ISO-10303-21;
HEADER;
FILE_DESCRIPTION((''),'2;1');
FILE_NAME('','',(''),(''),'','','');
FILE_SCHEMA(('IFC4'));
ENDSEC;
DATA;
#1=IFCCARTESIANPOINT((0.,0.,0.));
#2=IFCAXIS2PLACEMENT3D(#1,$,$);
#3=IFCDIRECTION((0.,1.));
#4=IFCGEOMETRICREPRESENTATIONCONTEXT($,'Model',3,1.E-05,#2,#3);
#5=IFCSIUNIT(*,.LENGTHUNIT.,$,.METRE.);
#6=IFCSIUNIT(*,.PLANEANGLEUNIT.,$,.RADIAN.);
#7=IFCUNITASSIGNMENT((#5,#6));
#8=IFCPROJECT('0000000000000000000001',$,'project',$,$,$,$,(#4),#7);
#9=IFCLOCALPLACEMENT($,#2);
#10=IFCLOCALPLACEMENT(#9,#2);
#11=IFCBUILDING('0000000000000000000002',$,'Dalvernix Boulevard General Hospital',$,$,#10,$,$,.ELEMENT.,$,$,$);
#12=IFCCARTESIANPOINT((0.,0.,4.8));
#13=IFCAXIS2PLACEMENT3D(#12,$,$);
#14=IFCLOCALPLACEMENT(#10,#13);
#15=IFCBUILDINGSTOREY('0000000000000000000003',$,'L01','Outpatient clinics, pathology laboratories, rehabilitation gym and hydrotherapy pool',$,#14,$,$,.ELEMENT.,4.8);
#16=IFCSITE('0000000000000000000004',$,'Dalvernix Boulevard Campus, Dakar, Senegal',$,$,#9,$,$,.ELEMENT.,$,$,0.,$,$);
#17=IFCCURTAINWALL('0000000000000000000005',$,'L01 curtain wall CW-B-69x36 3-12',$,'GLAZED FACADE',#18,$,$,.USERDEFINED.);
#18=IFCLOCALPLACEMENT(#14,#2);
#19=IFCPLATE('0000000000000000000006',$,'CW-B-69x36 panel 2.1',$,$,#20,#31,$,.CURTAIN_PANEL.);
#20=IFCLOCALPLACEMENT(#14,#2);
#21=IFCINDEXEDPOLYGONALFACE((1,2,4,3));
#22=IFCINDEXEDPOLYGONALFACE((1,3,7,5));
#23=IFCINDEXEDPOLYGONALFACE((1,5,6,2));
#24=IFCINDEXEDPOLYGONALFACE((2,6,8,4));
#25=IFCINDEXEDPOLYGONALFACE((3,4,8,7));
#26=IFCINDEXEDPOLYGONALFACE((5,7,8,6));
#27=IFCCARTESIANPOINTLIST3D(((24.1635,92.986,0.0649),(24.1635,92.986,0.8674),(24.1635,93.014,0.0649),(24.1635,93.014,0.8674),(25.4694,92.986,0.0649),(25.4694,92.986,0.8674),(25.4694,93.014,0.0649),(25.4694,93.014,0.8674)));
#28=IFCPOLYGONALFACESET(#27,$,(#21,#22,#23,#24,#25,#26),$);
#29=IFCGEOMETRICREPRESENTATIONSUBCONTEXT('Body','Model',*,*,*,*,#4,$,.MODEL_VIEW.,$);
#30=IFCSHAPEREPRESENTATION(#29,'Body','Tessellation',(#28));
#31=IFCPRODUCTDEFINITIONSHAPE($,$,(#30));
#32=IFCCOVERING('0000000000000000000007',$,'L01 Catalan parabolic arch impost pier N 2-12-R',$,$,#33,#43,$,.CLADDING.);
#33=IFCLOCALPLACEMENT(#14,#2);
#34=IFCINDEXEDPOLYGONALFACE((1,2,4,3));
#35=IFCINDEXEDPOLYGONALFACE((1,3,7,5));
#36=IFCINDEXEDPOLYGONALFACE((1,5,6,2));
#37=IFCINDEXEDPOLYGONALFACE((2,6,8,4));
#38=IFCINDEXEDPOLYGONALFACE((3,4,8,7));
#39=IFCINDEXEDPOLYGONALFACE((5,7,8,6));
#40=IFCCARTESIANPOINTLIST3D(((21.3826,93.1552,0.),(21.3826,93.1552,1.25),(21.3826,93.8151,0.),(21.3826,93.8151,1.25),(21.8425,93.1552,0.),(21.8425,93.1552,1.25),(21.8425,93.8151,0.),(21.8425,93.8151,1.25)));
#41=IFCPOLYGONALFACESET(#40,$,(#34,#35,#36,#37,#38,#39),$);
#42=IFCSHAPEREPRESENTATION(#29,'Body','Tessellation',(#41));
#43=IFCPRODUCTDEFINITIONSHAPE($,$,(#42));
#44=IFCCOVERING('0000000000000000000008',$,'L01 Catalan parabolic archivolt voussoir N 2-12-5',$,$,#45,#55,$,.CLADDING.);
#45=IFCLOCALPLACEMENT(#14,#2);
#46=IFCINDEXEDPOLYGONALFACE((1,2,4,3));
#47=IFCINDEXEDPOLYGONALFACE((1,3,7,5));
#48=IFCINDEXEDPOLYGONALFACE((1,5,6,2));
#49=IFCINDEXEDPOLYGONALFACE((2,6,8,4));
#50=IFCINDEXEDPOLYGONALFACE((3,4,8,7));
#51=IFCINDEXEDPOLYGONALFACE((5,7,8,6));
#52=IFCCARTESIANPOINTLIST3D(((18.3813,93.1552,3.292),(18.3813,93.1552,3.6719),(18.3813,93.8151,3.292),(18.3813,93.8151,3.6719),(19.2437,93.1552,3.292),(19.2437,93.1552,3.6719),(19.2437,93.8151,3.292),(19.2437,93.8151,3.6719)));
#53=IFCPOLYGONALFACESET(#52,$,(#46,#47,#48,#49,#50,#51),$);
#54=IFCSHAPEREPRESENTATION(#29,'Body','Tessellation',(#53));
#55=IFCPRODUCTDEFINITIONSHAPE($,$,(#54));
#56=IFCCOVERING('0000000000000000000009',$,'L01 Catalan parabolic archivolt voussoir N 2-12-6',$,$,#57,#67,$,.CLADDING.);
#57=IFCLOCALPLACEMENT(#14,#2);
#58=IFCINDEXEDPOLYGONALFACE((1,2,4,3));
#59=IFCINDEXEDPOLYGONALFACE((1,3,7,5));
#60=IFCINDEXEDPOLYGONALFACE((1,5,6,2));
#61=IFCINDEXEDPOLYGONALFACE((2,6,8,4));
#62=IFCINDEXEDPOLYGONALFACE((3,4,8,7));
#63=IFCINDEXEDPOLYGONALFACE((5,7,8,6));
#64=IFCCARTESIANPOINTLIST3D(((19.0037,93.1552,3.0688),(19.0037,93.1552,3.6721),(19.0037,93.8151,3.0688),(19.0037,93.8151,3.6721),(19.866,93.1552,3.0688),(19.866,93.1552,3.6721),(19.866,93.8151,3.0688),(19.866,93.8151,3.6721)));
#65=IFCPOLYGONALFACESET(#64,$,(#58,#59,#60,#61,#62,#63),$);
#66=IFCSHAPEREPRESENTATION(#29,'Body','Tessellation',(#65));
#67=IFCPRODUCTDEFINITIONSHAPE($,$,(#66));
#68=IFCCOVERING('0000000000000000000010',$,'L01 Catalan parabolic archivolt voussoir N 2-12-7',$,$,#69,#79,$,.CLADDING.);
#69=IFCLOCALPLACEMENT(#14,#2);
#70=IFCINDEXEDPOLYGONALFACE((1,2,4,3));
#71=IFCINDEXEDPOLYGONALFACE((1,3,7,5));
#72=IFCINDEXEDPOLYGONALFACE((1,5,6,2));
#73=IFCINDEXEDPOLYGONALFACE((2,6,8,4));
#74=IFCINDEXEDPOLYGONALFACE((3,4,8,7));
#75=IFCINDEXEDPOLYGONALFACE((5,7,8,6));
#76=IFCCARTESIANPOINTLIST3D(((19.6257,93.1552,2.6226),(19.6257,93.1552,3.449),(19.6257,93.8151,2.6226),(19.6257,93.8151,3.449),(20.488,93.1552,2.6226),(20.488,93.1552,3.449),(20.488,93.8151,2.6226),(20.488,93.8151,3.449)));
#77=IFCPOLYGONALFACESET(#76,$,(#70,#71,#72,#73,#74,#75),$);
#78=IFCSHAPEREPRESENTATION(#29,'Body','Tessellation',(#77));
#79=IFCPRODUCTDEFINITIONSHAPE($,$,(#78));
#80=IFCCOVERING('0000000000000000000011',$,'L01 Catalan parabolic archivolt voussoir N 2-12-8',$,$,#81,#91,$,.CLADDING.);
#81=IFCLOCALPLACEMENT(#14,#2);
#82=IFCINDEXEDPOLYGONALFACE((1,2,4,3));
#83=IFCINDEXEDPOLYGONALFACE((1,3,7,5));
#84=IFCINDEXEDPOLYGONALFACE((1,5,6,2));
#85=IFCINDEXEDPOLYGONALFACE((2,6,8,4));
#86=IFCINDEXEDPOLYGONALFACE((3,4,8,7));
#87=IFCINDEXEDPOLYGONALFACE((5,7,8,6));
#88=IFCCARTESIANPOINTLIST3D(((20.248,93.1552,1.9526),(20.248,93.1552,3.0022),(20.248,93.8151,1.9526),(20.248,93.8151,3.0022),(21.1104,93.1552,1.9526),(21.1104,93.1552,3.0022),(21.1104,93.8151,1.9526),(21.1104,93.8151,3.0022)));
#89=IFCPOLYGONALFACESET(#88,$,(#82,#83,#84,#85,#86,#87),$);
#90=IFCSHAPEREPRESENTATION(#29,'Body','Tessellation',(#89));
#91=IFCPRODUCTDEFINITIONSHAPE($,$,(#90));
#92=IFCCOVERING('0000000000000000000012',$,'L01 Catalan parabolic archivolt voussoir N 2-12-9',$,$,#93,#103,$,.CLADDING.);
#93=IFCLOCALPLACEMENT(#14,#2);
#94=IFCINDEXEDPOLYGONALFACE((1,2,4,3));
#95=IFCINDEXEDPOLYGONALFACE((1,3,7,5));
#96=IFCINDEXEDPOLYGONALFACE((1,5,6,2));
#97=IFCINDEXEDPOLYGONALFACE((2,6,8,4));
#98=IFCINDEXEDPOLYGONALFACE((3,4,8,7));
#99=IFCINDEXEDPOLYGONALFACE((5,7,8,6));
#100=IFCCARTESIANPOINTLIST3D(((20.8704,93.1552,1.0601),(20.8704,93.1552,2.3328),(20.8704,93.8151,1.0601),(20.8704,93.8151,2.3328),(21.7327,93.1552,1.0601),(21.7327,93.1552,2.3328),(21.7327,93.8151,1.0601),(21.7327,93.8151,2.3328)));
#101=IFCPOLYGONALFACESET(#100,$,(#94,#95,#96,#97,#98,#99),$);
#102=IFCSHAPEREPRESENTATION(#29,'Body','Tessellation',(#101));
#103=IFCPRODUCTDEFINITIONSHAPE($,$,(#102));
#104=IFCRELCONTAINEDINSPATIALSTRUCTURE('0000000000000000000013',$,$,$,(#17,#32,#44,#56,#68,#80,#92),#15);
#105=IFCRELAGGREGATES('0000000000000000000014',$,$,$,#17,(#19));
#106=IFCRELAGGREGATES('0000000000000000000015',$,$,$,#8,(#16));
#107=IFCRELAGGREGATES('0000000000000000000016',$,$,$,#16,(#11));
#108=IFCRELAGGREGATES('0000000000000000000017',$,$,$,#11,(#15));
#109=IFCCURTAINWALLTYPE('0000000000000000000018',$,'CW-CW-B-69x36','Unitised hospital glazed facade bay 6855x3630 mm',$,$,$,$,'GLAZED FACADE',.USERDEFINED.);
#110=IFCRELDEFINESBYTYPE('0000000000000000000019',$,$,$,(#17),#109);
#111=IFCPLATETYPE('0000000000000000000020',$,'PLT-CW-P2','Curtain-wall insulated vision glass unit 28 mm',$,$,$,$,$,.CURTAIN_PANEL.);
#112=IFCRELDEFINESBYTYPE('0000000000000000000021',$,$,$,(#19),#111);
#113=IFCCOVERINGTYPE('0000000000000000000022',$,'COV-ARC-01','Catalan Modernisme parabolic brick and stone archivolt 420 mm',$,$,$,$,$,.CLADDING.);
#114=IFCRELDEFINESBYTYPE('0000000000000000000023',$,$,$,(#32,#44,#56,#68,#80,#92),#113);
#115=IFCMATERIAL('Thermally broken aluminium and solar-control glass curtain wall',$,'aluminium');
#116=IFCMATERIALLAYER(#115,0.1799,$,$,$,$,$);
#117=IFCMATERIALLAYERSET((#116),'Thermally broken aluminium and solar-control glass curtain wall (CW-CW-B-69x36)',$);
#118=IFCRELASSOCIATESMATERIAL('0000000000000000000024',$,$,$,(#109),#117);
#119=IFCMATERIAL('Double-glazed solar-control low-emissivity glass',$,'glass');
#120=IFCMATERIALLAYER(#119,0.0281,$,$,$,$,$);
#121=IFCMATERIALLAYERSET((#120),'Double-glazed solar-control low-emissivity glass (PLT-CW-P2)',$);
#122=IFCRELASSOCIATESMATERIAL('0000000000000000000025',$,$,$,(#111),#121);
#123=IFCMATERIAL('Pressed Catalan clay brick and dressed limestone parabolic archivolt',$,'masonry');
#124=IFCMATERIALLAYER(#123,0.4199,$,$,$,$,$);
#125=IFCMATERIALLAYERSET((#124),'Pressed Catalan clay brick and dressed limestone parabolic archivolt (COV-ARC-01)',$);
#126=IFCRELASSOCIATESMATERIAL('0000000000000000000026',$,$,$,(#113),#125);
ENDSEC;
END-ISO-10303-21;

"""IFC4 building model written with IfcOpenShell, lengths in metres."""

from ifc_helpers import new_model, si_unit, direction, frame, origin, origin_2d, place, context, subcontext, project, spatial, rectangle, extrude, material, layer, layer_set, type_object, element, aggregate, save


model = new_model("IFC4")

# Units and contexts
model_context = context("Model", 3, precision=1e-05, world=origin(), true_north=direction((0.0, 1.0)))
body_context = subcontext(model_context, "Body", "Model", "MODEL_VIEW")
ifc_project = project(units=[si_unit("LENGTHUNIT", "METRE"), si_unit("PLANEANGLEUNIT", "RADIAN")], contexts=[model_context])

# Site, building, storey
site_placement = place(None, origin())
site = spatial("IfcSite", under=ifc_project, at=site_placement, Name="Dalvernix Boulevard Campus, Dakar, Senegal", CompositionType="ELEMENT", RefElevation=0.0)
building_placement = place(site_placement, origin())
building = spatial("IfcBuilding", under=site, at=building_placement, Name="Dalvernix Boulevard General Hospital", CompositionType="ELEMENT")
storey_placement = place(building_placement, frame((0.0, 0.0, 4.8)))
storey = spatial("IfcBuildingStorey", under=building, at=storey_placement, Name="L01", Description="Outpatient clinics, pathology laboratories, rehabilitation gym and hydrotherapy pool", CompositionType="ELEMENT", Elevation=4.8)

# Curtain wall, plate
ifc_material_1 = material(Name="Thermally broken aluminium and solar-control glass curtain wall", Category="aluminium")
ifc_layer_1 = layer(ifc_material_1, 0.1799)
ifc_layer_set_1 = layer_set([ifc_layer_1], Name="Thermally broken aluminium and solar-control glass curtain wall (CW-CW-B-69x36)")
curtain_wall_type = type_object("IfcCurtainWallType", Name="CW-CW-B-69x36", Description="Unitised hospital glazed facade bay 6855x3630 mm", ElementType="GLAZED FACADE", PredefinedType="USERDEFINED", material=ifc_layer_set_1)
curtain_wall_placement = place(storey_placement, origin())
curtain_wall = element("IfcCurtainWall", 1, at=curtain_wall_placement, inside=storey, type_object=curtain_wall_type, Name="L01 curtain wall CW-B-69x36 3-12", ObjectType="GLAZED FACADE", PredefinedType="USERDEFINED")
ifc_material_2 = material(Name="Double-glazed solar-control low-emissivity glass", Category="glass")
ifc_layer_2 = layer(ifc_material_2, 0.0281)
ifc_layer_set_2 = layer_set([ifc_layer_2], Name="Double-glazed solar-control low-emissivity glass (PLT-CW-P2)")
plate_type = type_object("IfcPlateType", Name="PLT-CW-P2", Description="Curtain-wall insulated vision glass unit 28 mm", PredefinedType="CURTAIN_PANEL", material=ifc_layer_set_2)
plate_1_placement = place(storey_placement, frame((24.8164, 93.0, 0.0649), z_axis=(0.0, 0.0, 1.0), x_axis=(1.0, 0.0, 0.0)))
plate_1 = element("IfcPlate", 2, at=plate_1_placement, type_object=plate_type, Name="CW-B-69x36 panel 2.1", PredefinedType="CURTAIN_PANEL", context=body_context, shape_type="SweptSolid", body=[
    extrude(rectangle(XDim=1.3059, YDim=0.0281, at=origin_2d()), origin(), (0.0, 0.0, 1.0), 0.8025),
])
aggregate(curtain_wall, [plate_1])

# Coverings
ifc_material_3 = material(Name="Pressed Catalan clay brick and dressed limestone parabolic archivolt", Category="masonry")
ifc_layer_3 = layer(ifc_material_3, 0.4199)
ifc_layer_set_3 = layer_set([ifc_layer_3], Name="Pressed Catalan clay brick and dressed limestone parabolic archivolt (COV-ARC-01)")
covering_type = type_object("IfcCoveringType", Name="COV-ARC-01", Description="Catalan Modernisme parabolic brick and stone archivolt 420 mm", PredefinedType="CLADDING", material=ifc_layer_set_3)
covering_1_placement = place(storey_placement, frame((21.6125, 93.4851, 0.0), z_axis=(0.0, 0.0, 1.0), x_axis=(1.0, 0.0, 0.0)))
element("IfcCovering", 3, at=covering_1_placement, inside=storey, type_object=covering_type, Name="L01 Catalan parabolic arch impost pier N 2-12-R", PredefinedType="CLADDING", context=body_context, shape_type="SweptSolid", body=[
    extrude(rectangle(XDim=0.46, YDim=0.6599, at=origin_2d()), origin(), (0.0, 0.0, 1.0), 1.25),
])
covering_2_placement = place(storey_placement, frame((18.8125, 93.4851, 3.292), z_axis=(0.0, 0.0, 1.0), x_axis=(1.0, 0.0, 0.0)))
element("IfcCovering", 4, at=covering_2_placement, inside=storey, type_object=covering_type, Name="L01 Catalan parabolic archivolt voussoir N 2-12-5", PredefinedType="CLADDING", context=body_context, shape_type="SweptSolid", body=[
    extrude(rectangle(XDim=0.8623, YDim=0.6599, at=origin_2d()), origin(), (0.0, 0.0, 1.0), 0.3799),
])
covering_3_placement = place(storey_placement, frame((19.4348, 93.4851, 3.0688), z_axis=(0.0, 0.0, 1.0), x_axis=(1.0, 0.0, 0.0)))
element("IfcCovering", 5, at=covering_3_placement, inside=storey, type_object=covering_type, Name="L01 Catalan parabolic archivolt voussoir N 2-12-6", PredefinedType="CLADDING", context=body_context, shape_type="SweptSolid", body=[
    extrude(rectangle(XDim=0.8623, YDim=0.6599, at=origin_2d()), origin(), (0.0, 0.0, 1.0), 0.6033),
])
covering_4_placement = place(storey_placement, frame((20.0569, 93.4851, 2.6226), z_axis=(0.0, 0.0, 1.0), x_axis=(1.0, 0.0, 0.0)))
element("IfcCovering", 6, at=covering_4_placement, inside=storey, type_object=covering_type, Name="L01 Catalan parabolic archivolt voussoir N 2-12-7", PredefinedType="CLADDING", context=body_context, shape_type="SweptSolid", body=[
    extrude(rectangle(XDim=0.8623, YDim=0.6599, at=origin_2d()), origin(), (0.0, 0.0, 1.0), 0.8264),
])
covering_5_placement = place(storey_placement, frame((20.6792, 93.4851, 1.9526), z_axis=(0.0, 0.0, 1.0), x_axis=(1.0, 0.0, 0.0)))
element("IfcCovering", 7, at=covering_5_placement, inside=storey, type_object=covering_type, Name="L01 Catalan parabolic archivolt voussoir N 2-12-8", PredefinedType="CLADDING", context=body_context, shape_type="SweptSolid", body=[
    extrude(rectangle(XDim=0.8623, YDim=0.6599, at=origin_2d()), origin(), (0.0, 0.0, 1.0), 1.0496),
])
covering_6_placement = place(storey_placement, frame((21.3015, 93.4851, 1.0601), z_axis=(0.0, 0.0, 1.0), x_axis=(1.0, 0.0, 0.0)))
element("IfcCovering", 8, at=covering_6_placement, inside=storey, type_object=covering_type, Name="L01 Catalan parabolic archivolt voussoir N 2-12-9", PredefinedType="CLADDING", context=body_context, shape_type="SweptSolid", body=[
    extrude(rectangle(XDim=0.8623, YDim=0.6599, at=origin_2d()), origin(), (0.0, 0.0, 1.0), 1.2727),
])

save(model, "model.ifc")
